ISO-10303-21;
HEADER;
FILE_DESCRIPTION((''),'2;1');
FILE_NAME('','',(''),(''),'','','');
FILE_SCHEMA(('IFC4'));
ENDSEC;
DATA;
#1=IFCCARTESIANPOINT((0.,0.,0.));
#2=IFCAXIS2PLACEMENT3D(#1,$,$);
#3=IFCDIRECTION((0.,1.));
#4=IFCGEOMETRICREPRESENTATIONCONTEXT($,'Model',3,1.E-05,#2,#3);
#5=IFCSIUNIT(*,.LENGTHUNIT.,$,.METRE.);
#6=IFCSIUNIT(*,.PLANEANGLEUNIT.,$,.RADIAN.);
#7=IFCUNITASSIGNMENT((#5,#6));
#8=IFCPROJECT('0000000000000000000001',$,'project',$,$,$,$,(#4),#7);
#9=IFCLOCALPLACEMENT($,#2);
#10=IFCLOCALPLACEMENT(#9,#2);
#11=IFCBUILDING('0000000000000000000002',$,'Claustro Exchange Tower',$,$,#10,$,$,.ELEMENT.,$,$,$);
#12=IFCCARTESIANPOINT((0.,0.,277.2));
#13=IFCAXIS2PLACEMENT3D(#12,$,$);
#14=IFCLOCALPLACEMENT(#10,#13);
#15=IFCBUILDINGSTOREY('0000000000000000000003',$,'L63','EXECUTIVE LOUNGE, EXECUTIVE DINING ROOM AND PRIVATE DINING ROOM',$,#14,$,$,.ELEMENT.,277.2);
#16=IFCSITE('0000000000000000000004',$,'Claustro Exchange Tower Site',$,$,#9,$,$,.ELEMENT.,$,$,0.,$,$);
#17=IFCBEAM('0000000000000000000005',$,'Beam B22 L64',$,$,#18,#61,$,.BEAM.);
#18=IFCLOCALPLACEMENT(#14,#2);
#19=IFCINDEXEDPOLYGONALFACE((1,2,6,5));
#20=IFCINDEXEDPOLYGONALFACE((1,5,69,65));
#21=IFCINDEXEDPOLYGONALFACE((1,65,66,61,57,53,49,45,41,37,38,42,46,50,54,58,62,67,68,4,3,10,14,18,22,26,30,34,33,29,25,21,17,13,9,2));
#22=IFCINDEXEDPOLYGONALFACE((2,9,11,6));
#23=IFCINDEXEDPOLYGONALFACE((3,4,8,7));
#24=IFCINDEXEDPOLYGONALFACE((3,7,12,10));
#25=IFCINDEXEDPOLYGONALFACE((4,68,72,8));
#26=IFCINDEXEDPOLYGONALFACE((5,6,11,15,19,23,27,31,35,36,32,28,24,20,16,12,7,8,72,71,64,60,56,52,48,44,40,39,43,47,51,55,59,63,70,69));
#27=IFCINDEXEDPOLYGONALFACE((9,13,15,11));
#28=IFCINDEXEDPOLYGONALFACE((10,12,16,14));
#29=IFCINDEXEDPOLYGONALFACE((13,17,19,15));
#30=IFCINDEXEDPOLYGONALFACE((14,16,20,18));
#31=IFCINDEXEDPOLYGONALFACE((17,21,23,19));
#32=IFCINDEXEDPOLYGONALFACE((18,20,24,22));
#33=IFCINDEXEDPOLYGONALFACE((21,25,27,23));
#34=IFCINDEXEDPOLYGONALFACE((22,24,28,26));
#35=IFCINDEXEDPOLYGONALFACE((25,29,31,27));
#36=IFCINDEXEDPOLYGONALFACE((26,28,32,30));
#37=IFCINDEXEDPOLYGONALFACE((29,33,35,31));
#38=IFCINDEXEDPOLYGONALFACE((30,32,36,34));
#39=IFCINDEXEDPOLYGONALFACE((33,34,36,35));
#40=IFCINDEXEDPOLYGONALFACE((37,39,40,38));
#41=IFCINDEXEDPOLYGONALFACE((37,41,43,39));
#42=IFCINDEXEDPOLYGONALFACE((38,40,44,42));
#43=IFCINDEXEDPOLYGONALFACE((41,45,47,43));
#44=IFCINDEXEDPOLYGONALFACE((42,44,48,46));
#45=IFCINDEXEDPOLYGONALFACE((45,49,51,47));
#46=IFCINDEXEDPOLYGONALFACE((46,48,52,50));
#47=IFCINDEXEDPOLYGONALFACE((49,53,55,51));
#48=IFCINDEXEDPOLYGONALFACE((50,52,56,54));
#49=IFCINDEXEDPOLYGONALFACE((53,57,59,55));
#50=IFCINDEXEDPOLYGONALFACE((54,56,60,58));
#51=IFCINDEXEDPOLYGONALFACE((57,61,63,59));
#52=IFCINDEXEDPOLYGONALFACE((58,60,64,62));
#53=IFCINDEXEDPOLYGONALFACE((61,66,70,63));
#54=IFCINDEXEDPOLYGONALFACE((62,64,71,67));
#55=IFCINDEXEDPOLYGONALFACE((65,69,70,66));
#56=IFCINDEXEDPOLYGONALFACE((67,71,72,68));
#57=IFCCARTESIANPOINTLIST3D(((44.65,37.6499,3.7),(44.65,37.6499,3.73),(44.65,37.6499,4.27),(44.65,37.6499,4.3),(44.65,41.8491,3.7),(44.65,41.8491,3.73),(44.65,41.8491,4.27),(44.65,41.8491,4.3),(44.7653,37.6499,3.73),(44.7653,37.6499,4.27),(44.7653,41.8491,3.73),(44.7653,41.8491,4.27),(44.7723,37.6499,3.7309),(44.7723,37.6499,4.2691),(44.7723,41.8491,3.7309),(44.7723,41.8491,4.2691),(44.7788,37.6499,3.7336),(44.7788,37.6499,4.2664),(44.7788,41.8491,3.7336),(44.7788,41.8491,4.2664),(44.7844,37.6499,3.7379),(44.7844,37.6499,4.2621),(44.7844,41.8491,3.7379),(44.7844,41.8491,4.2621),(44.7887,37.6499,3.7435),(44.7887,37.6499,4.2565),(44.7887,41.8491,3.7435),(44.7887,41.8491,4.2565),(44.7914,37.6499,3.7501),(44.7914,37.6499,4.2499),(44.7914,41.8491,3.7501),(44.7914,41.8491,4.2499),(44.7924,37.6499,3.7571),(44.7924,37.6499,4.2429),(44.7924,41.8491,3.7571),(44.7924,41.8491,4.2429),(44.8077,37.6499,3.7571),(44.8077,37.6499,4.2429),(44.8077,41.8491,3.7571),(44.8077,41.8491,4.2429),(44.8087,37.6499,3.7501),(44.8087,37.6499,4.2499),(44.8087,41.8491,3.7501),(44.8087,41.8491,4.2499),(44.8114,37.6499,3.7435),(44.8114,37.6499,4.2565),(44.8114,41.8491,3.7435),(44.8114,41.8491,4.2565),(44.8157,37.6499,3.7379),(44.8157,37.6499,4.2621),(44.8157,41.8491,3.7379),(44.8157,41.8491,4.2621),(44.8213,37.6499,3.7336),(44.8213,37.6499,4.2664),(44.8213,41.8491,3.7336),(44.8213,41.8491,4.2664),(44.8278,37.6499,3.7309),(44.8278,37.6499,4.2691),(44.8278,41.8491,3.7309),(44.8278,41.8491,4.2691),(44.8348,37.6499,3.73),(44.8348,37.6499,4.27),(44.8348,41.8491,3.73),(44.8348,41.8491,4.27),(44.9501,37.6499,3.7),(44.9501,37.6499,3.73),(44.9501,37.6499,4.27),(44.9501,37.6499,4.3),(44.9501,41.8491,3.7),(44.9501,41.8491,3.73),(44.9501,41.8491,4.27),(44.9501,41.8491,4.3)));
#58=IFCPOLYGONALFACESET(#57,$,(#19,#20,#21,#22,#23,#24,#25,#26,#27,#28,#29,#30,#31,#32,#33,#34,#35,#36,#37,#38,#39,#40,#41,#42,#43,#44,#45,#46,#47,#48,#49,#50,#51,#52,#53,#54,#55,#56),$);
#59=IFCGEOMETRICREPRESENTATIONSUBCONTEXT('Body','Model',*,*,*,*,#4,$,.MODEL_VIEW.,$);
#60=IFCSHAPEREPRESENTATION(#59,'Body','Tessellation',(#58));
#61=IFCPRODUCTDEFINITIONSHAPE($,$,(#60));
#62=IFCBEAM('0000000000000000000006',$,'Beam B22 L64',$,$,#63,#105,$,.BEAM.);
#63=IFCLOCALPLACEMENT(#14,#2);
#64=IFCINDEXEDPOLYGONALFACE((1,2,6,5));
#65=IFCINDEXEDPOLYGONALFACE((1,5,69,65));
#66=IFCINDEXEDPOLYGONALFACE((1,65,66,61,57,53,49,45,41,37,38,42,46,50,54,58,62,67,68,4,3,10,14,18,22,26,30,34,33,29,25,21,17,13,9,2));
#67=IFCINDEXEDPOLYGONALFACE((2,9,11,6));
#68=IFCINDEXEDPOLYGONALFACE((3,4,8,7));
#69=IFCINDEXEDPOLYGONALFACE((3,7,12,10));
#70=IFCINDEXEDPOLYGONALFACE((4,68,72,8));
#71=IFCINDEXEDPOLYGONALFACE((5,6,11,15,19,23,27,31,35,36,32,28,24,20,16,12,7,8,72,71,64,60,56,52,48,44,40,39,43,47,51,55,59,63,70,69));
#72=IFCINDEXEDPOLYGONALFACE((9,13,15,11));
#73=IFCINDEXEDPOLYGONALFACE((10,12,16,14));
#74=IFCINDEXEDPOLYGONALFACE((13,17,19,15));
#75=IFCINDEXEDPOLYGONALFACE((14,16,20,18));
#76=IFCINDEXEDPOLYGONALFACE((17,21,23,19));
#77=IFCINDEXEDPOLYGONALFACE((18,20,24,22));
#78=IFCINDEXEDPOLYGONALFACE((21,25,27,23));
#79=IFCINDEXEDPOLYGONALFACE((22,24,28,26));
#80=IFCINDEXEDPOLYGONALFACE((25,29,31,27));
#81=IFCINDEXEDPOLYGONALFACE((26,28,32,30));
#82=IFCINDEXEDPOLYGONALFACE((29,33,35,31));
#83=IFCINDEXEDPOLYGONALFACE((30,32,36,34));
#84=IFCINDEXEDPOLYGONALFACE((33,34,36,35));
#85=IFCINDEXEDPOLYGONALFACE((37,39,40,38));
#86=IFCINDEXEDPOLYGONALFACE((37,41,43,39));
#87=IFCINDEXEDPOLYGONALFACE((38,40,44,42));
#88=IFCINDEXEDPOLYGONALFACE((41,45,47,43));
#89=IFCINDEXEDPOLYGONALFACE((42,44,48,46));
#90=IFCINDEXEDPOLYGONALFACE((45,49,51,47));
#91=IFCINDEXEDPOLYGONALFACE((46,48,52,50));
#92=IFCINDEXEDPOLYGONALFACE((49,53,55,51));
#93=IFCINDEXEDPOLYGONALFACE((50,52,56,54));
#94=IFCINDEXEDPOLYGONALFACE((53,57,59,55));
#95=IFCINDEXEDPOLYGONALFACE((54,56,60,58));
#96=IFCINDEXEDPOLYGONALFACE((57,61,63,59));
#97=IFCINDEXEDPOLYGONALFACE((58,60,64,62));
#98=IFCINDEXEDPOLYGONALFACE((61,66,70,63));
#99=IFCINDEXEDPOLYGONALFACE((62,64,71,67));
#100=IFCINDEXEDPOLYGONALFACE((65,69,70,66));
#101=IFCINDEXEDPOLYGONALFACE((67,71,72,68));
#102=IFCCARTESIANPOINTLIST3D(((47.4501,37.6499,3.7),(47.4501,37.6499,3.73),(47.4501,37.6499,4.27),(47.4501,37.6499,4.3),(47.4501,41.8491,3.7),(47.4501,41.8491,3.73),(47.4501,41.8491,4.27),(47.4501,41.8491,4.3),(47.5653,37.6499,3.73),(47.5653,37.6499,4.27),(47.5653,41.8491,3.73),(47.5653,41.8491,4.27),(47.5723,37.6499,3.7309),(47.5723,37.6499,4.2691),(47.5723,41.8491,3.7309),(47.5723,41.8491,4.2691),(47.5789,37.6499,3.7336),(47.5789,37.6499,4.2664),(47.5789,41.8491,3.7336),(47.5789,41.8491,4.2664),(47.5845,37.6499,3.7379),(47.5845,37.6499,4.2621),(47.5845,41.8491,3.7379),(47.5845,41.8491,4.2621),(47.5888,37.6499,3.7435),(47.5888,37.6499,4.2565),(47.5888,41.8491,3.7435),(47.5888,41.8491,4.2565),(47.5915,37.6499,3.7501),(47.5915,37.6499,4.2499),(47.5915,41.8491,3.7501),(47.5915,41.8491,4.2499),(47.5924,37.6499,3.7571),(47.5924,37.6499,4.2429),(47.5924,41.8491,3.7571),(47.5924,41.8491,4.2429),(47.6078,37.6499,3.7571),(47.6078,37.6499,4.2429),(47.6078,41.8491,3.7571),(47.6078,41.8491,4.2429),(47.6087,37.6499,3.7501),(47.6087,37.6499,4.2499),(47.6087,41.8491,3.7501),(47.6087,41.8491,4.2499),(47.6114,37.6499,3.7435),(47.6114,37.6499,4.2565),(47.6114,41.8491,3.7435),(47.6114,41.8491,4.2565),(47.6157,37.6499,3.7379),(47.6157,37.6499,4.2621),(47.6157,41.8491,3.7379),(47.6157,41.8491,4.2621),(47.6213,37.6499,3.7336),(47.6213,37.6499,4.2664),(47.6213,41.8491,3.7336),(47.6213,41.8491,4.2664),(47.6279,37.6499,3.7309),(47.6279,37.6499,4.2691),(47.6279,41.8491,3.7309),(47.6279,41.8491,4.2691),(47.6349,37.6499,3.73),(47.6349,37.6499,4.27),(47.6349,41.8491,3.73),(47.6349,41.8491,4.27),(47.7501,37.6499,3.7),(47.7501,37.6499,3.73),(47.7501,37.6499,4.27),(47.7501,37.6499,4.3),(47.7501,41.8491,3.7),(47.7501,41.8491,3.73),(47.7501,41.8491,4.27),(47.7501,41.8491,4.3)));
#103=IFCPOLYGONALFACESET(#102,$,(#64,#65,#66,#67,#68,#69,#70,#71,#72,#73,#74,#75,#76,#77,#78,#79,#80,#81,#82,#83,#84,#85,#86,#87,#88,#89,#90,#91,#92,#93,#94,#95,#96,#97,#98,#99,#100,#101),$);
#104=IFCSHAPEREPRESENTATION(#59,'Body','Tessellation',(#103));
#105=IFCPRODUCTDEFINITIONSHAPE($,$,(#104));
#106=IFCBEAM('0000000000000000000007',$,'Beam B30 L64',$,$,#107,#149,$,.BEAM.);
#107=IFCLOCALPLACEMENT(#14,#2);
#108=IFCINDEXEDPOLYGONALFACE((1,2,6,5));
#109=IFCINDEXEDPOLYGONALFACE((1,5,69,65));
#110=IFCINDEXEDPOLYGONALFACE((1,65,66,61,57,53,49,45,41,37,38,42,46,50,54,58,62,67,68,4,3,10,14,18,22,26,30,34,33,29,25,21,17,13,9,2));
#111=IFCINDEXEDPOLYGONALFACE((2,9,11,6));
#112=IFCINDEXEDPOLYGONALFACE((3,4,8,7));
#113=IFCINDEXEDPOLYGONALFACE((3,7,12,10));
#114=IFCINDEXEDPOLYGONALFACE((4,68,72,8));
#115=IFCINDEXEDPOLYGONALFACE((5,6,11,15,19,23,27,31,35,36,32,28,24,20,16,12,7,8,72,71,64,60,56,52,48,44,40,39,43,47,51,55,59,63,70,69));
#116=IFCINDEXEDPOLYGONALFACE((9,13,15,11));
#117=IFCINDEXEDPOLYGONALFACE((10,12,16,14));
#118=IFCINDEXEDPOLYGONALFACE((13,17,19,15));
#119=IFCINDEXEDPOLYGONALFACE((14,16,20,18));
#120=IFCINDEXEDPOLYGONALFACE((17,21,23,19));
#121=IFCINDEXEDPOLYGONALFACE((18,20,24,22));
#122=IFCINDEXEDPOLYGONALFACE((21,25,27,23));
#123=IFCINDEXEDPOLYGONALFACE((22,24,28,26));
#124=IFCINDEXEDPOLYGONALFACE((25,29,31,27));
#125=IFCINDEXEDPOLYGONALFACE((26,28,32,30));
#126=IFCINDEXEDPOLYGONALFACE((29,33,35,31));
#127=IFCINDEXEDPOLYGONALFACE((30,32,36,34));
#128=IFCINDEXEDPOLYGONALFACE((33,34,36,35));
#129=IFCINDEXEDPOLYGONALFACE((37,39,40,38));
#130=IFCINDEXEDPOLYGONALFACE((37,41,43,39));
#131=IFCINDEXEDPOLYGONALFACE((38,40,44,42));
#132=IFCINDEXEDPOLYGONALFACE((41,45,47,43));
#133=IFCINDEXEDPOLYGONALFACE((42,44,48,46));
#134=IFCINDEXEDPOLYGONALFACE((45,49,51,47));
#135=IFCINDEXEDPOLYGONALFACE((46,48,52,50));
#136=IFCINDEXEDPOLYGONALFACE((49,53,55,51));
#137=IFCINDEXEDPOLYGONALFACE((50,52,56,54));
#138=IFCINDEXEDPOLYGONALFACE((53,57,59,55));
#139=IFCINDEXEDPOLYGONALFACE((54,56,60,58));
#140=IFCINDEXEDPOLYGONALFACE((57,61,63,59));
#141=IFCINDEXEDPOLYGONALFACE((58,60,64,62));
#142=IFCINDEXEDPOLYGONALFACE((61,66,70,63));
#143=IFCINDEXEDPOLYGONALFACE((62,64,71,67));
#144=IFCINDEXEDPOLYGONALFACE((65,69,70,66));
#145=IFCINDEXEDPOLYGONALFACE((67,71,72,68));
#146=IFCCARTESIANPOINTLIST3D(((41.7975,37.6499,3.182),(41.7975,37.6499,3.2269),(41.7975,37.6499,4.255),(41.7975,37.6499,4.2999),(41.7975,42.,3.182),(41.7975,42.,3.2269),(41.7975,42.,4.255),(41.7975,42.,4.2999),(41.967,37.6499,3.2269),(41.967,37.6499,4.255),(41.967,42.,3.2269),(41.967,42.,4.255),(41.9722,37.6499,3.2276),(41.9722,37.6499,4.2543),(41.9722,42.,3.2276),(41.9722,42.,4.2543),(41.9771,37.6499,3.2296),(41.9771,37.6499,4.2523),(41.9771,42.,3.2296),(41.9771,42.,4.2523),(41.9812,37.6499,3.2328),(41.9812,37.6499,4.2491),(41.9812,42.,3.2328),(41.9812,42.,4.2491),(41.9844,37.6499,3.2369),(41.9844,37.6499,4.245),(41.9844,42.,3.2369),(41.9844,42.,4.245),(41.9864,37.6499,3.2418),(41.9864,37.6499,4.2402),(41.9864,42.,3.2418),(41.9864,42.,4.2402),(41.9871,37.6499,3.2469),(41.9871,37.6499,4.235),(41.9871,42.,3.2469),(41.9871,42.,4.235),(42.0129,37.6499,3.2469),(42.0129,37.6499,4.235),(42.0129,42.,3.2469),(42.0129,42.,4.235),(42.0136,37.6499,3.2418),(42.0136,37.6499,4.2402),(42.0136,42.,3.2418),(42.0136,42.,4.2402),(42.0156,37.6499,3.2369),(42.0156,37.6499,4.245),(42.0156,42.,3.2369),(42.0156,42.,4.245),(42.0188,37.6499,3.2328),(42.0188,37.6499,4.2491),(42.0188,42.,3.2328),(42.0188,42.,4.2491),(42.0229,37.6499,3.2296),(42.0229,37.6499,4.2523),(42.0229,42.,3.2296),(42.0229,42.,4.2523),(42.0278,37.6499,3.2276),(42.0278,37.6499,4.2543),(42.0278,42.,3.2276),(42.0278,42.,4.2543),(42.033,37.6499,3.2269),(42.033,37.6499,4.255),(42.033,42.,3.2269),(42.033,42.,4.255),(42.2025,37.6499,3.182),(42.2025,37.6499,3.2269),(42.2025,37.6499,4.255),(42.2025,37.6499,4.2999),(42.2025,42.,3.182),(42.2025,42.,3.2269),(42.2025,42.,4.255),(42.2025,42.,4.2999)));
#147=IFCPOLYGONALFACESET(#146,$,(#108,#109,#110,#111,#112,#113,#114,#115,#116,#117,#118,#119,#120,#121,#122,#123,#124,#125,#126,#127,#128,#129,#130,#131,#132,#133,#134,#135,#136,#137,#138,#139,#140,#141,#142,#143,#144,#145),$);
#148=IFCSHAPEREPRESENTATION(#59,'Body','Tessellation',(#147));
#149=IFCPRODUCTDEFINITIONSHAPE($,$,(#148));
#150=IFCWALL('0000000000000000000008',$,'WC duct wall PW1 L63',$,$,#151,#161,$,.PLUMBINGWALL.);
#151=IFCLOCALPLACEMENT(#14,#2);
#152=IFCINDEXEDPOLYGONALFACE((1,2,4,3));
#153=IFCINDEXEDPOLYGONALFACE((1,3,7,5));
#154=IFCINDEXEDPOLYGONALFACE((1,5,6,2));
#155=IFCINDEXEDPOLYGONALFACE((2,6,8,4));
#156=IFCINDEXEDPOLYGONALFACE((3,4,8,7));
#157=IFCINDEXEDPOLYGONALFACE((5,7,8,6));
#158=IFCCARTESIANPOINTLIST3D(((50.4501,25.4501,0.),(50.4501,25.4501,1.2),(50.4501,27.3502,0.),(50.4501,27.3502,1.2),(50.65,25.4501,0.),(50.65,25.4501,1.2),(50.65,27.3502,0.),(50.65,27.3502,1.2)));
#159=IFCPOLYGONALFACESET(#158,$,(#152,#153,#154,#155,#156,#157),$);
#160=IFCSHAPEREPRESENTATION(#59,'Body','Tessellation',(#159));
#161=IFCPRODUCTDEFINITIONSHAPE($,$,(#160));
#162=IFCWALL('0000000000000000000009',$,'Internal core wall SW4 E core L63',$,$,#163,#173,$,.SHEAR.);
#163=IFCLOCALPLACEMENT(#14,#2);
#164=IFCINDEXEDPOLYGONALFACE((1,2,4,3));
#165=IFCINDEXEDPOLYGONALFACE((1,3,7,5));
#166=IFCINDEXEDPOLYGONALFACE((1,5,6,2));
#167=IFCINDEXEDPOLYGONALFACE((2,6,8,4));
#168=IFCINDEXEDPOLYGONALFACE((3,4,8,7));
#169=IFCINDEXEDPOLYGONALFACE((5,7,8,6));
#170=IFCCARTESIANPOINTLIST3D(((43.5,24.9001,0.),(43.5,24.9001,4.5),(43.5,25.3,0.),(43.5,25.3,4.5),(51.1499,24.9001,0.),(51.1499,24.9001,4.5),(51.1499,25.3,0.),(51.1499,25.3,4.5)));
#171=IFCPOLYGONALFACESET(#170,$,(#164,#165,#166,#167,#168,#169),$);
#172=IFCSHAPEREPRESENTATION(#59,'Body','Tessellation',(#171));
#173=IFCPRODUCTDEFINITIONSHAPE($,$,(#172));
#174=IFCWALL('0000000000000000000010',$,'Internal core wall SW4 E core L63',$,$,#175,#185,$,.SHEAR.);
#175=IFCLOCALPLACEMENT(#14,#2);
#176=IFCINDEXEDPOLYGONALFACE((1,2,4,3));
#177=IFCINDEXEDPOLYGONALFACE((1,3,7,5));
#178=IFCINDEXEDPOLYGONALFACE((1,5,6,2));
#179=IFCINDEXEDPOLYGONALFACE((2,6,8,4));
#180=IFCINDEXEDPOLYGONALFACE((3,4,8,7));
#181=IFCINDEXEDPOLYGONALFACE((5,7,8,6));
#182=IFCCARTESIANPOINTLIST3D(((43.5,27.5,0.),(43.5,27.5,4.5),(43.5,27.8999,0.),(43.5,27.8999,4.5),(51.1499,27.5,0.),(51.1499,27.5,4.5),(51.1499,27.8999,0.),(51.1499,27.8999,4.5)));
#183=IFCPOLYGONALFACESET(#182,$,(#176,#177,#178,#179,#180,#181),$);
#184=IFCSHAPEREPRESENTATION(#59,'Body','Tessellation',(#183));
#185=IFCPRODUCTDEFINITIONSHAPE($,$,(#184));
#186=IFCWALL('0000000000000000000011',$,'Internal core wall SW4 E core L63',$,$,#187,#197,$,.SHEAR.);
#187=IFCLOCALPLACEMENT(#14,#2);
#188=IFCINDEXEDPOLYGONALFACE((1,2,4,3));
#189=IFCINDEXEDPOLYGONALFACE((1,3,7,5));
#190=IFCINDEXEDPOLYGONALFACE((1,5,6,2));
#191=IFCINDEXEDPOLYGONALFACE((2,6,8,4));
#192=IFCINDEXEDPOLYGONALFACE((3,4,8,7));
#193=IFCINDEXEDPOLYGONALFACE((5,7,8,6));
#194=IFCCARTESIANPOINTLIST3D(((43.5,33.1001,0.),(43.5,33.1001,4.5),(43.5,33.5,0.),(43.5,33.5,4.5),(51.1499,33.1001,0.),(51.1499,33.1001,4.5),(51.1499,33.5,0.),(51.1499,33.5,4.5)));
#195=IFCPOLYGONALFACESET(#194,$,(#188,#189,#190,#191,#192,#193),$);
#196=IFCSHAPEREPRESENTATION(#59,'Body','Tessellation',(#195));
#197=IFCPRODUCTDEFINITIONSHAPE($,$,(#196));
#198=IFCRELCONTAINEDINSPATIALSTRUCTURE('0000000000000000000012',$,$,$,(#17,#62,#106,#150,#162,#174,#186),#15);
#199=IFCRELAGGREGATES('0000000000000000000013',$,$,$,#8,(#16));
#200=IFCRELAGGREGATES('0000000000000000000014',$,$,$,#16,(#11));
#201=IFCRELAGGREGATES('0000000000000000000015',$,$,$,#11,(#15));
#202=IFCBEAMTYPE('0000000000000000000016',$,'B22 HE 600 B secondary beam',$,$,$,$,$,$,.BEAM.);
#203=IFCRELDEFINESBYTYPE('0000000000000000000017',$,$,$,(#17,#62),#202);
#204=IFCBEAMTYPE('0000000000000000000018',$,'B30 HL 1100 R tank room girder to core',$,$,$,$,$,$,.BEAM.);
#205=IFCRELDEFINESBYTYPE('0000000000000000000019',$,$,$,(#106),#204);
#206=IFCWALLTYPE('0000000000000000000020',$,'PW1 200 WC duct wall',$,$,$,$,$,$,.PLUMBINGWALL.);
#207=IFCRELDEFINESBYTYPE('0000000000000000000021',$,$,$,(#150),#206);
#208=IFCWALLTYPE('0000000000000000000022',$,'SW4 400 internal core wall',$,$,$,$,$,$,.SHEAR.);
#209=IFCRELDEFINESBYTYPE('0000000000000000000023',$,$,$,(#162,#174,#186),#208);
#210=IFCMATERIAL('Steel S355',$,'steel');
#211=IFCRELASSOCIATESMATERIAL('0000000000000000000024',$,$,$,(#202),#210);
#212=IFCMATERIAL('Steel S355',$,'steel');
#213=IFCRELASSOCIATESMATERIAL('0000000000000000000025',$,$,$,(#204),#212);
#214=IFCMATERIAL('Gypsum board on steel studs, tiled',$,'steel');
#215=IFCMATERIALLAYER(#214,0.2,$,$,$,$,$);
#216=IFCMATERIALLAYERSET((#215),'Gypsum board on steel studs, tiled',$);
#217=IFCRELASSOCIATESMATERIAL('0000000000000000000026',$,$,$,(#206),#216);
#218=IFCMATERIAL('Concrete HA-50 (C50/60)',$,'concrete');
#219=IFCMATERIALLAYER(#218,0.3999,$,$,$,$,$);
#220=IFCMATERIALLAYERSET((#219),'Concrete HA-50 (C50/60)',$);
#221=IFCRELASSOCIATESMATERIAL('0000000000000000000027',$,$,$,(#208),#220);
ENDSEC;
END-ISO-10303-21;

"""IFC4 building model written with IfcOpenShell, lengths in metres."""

from ifc_helpers import new_model, si_unit, direction, frame, frame_2d, origin, origin_2d, place, context, subcontext, project, spatial, rectangle, i_section, extrude, material, layer, layer_set, material_profile, profile_set, type_object, element, save


model = new_model("IFC4")

# Units and contexts
model_context = context("Model", 3, precision=1e-05, world=origin(), true_north=direction((0.0, 1.0)))
body_context = subcontext(model_context, "Body", "Model", "MODEL_VIEW")
ifc_project = project(units=[si_unit("LENGTHUNIT", "METRE"), si_unit("PLANEANGLEUNIT", "RADIAN")], contexts=[model_context])

# Site, building, storey
site_placement = place(None, origin())
site = spatial("IfcSite", under=ifc_project, at=site_placement, Name="Claustro Exchange Tower Site", CompositionType="ELEMENT", RefElevation=0.0)
building_placement = place(site_placement, origin())
building = spatial("IfcBuilding", under=site, at=building_placement, Name="Claustro Exchange Tower", CompositionType="ELEMENT")
storey_placement = place(building_placement, frame((0.0, 0.0, 277.2)))
storey = spatial("IfcBuildingStorey", under=building, at=storey_placement, Name="L63", Description="EXECUTIVE LOUNGE, EXECUTIVE DINING ROOM AND PRIVATE DINING ROOM", CompositionType="ELEMENT", Elevation=277.2)

# Beams
ifc_material_1 = material(Name="Steel S355", Category="steel")
ifc_material_profile_1 = material_profile(ifc_material_1, i_section(OverallWidth=0.3, OverallDepth=0.6001, WebThickness=0.0154, FlangeThickness=0.03, FilletRadius=0.0271, at=origin_2d()), Name="HE 600 B")
ifc_profile_set_1 = profile_set([ifc_material_profile_1], Name="Steel S355")
beam_type_1 = type_object("IfcBeamType", Name="B22 HE 600 B secondary beam", PredefinedType="BEAM", material=ifc_profile_set_1)
for number, where, z_axis, x_axis, name in (
    (1, (44.8, 37.6499, 4.0), (0.0, 1.0, 0.0), (-1.0, 0.0, 0.0), "Beam B22 L64"),
    (2, (47.6001, 37.6499, 4.0), (0.0, 1.0, 0.0), (-1.0, 0.0, 0.0), "Beam B22 L64"),
):
    element("IfcBeam", number, at=place(storey_placement, frame(where, z_axis=z_axis, x_axis=x_axis)), inside=storey, type_object=beam_type_1, Name=name, PredefinedType="BEAM", context=body_context, shape_type="SweptSolid", body=[
        extrude(i_section(OverallWidth=0.3, OverallDepth=0.6001, WebThickness=0.0154, FlangeThickness=0.03, FilletRadius=0.0271, at=origin_2d()), origin(), (0.0, 0.0, 1.0), 4.1992),
    ])
ifc_material_2 = material(Name="Steel S355", Category="steel")
ifc_material_profile_2 = material_profile(ifc_material_2, i_section(OverallWidth=0.405, OverallDepth=1.1179, WebThickness=0.0259, FlangeThickness=0.0449, FilletRadius=0.02, at=origin_2d()), Name="HL 1100 R")
ifc_profile_set_2 = profile_set([ifc_material_profile_2], Name="Steel S355")
beam_type_2 = type_object("IfcBeamType", Name="B30 HL 1100 R tank room girder to core", PredefinedType="BEAM", material=ifc_profile_set_2)
beam_placement = place(storey_placement, frame((42.0, 37.6499, 3.741), z_axis=(0.0, 1.0, 0.0), x_axis=(-1.0, 0.0, 0.0)))
element("IfcBeam", 3, at=beam_placement, inside=storey, type_object=beam_type_2, Name="Beam B30 L64", PredefinedType="BEAM", context=body_context, shape_type="SweptSolid", body=[
    extrude(i_section(OverallWidth=0.405, OverallDepth=1.1179, WebThickness=0.0259, FlangeThickness=0.0449, FilletRadius=0.02, at=origin_2d()), origin(), (0.0, 0.0, 1.0), 4.3501),
])

# Walls
ifc_material_3 = material(Name="Gypsum board on steel studs, tiled", Category="steel")
ifc_layer_1 = layer(ifc_material_3, 0.2)
ifc_layer_set_1 = layer_set([ifc_layer_1], Name="Gypsum board on steel studs, tiled")
wall_type_1 = type_object("IfcWallType", Name="PW1 200 WC duct wall", PredefinedType="PLUMBINGWALL", material=ifc_layer_set_1)
wall_1_placement = place(storey_placement, frame((50.55, 25.45, 0.0), z_axis=(0.0, 0.0, 1.0), x_axis=(0.0, 1.0, 0.0)))
element("IfcWall", 4, at=wall_1_placement, inside=storey, type_object=wall_type_1, Name="WC duct wall PW1 L63", PredefinedType="PLUMBINGWALL", context=body_context, shape_type="SweptSolid", body=[
    extrude(rectangle(XDim=1.9001, YDim=0.2, at=frame_2d((0.9502, 0.0))), origin(), (0.0, 0.0, 1.0), 1.2),
])
ifc_material_4 = material(Name="Concrete HA-50 (C50/60)", Category="concrete")
ifc_layer_2 = layer(ifc_material_4, 0.3999)
ifc_layer_set_2 = layer_set([ifc_layer_2], Name="Concrete HA-50 (C50/60)")
wall_type_2 = type_object("IfcWallType", Name="SW4 400 internal core wall", PredefinedType="SHEAR", material=ifc_layer_set_2)
for number, where, z_axis, x_axis, name in (
    (5, (51.1499, 25.1001, 0.0), (0.0, 0.0, 1.0), (-1.0, 0.0, 0.0), "Internal core wall SW4 E core L63"),
    (6, (51.1499, 27.7, 0.0), (0.0, 0.0, 1.0), (-1.0, 0.0, 0.0), "Internal core wall SW4 E core L63"),
    (7, (51.1499, 33.3, 0.0), (0.0, 0.0, 1.0), (-1.0, 0.0, 0.0), "Internal core wall SW4 E core L63"),
):
    element("IfcWall", number, at=place(storey_placement, frame(where, z_axis=z_axis, x_axis=x_axis)), inside=storey, type_object=wall_type_2, Name=name, PredefinedType="SHEAR", context=body_context, shape_type="SweptSolid", body=[
        extrude(rectangle(XDim=7.6499, YDim=0.3999, at=frame_2d((3.825, 0.0))), origin(), (0.0, 0.0, 1.0), 4.5),
    ])

save(model, "model.ifc")
